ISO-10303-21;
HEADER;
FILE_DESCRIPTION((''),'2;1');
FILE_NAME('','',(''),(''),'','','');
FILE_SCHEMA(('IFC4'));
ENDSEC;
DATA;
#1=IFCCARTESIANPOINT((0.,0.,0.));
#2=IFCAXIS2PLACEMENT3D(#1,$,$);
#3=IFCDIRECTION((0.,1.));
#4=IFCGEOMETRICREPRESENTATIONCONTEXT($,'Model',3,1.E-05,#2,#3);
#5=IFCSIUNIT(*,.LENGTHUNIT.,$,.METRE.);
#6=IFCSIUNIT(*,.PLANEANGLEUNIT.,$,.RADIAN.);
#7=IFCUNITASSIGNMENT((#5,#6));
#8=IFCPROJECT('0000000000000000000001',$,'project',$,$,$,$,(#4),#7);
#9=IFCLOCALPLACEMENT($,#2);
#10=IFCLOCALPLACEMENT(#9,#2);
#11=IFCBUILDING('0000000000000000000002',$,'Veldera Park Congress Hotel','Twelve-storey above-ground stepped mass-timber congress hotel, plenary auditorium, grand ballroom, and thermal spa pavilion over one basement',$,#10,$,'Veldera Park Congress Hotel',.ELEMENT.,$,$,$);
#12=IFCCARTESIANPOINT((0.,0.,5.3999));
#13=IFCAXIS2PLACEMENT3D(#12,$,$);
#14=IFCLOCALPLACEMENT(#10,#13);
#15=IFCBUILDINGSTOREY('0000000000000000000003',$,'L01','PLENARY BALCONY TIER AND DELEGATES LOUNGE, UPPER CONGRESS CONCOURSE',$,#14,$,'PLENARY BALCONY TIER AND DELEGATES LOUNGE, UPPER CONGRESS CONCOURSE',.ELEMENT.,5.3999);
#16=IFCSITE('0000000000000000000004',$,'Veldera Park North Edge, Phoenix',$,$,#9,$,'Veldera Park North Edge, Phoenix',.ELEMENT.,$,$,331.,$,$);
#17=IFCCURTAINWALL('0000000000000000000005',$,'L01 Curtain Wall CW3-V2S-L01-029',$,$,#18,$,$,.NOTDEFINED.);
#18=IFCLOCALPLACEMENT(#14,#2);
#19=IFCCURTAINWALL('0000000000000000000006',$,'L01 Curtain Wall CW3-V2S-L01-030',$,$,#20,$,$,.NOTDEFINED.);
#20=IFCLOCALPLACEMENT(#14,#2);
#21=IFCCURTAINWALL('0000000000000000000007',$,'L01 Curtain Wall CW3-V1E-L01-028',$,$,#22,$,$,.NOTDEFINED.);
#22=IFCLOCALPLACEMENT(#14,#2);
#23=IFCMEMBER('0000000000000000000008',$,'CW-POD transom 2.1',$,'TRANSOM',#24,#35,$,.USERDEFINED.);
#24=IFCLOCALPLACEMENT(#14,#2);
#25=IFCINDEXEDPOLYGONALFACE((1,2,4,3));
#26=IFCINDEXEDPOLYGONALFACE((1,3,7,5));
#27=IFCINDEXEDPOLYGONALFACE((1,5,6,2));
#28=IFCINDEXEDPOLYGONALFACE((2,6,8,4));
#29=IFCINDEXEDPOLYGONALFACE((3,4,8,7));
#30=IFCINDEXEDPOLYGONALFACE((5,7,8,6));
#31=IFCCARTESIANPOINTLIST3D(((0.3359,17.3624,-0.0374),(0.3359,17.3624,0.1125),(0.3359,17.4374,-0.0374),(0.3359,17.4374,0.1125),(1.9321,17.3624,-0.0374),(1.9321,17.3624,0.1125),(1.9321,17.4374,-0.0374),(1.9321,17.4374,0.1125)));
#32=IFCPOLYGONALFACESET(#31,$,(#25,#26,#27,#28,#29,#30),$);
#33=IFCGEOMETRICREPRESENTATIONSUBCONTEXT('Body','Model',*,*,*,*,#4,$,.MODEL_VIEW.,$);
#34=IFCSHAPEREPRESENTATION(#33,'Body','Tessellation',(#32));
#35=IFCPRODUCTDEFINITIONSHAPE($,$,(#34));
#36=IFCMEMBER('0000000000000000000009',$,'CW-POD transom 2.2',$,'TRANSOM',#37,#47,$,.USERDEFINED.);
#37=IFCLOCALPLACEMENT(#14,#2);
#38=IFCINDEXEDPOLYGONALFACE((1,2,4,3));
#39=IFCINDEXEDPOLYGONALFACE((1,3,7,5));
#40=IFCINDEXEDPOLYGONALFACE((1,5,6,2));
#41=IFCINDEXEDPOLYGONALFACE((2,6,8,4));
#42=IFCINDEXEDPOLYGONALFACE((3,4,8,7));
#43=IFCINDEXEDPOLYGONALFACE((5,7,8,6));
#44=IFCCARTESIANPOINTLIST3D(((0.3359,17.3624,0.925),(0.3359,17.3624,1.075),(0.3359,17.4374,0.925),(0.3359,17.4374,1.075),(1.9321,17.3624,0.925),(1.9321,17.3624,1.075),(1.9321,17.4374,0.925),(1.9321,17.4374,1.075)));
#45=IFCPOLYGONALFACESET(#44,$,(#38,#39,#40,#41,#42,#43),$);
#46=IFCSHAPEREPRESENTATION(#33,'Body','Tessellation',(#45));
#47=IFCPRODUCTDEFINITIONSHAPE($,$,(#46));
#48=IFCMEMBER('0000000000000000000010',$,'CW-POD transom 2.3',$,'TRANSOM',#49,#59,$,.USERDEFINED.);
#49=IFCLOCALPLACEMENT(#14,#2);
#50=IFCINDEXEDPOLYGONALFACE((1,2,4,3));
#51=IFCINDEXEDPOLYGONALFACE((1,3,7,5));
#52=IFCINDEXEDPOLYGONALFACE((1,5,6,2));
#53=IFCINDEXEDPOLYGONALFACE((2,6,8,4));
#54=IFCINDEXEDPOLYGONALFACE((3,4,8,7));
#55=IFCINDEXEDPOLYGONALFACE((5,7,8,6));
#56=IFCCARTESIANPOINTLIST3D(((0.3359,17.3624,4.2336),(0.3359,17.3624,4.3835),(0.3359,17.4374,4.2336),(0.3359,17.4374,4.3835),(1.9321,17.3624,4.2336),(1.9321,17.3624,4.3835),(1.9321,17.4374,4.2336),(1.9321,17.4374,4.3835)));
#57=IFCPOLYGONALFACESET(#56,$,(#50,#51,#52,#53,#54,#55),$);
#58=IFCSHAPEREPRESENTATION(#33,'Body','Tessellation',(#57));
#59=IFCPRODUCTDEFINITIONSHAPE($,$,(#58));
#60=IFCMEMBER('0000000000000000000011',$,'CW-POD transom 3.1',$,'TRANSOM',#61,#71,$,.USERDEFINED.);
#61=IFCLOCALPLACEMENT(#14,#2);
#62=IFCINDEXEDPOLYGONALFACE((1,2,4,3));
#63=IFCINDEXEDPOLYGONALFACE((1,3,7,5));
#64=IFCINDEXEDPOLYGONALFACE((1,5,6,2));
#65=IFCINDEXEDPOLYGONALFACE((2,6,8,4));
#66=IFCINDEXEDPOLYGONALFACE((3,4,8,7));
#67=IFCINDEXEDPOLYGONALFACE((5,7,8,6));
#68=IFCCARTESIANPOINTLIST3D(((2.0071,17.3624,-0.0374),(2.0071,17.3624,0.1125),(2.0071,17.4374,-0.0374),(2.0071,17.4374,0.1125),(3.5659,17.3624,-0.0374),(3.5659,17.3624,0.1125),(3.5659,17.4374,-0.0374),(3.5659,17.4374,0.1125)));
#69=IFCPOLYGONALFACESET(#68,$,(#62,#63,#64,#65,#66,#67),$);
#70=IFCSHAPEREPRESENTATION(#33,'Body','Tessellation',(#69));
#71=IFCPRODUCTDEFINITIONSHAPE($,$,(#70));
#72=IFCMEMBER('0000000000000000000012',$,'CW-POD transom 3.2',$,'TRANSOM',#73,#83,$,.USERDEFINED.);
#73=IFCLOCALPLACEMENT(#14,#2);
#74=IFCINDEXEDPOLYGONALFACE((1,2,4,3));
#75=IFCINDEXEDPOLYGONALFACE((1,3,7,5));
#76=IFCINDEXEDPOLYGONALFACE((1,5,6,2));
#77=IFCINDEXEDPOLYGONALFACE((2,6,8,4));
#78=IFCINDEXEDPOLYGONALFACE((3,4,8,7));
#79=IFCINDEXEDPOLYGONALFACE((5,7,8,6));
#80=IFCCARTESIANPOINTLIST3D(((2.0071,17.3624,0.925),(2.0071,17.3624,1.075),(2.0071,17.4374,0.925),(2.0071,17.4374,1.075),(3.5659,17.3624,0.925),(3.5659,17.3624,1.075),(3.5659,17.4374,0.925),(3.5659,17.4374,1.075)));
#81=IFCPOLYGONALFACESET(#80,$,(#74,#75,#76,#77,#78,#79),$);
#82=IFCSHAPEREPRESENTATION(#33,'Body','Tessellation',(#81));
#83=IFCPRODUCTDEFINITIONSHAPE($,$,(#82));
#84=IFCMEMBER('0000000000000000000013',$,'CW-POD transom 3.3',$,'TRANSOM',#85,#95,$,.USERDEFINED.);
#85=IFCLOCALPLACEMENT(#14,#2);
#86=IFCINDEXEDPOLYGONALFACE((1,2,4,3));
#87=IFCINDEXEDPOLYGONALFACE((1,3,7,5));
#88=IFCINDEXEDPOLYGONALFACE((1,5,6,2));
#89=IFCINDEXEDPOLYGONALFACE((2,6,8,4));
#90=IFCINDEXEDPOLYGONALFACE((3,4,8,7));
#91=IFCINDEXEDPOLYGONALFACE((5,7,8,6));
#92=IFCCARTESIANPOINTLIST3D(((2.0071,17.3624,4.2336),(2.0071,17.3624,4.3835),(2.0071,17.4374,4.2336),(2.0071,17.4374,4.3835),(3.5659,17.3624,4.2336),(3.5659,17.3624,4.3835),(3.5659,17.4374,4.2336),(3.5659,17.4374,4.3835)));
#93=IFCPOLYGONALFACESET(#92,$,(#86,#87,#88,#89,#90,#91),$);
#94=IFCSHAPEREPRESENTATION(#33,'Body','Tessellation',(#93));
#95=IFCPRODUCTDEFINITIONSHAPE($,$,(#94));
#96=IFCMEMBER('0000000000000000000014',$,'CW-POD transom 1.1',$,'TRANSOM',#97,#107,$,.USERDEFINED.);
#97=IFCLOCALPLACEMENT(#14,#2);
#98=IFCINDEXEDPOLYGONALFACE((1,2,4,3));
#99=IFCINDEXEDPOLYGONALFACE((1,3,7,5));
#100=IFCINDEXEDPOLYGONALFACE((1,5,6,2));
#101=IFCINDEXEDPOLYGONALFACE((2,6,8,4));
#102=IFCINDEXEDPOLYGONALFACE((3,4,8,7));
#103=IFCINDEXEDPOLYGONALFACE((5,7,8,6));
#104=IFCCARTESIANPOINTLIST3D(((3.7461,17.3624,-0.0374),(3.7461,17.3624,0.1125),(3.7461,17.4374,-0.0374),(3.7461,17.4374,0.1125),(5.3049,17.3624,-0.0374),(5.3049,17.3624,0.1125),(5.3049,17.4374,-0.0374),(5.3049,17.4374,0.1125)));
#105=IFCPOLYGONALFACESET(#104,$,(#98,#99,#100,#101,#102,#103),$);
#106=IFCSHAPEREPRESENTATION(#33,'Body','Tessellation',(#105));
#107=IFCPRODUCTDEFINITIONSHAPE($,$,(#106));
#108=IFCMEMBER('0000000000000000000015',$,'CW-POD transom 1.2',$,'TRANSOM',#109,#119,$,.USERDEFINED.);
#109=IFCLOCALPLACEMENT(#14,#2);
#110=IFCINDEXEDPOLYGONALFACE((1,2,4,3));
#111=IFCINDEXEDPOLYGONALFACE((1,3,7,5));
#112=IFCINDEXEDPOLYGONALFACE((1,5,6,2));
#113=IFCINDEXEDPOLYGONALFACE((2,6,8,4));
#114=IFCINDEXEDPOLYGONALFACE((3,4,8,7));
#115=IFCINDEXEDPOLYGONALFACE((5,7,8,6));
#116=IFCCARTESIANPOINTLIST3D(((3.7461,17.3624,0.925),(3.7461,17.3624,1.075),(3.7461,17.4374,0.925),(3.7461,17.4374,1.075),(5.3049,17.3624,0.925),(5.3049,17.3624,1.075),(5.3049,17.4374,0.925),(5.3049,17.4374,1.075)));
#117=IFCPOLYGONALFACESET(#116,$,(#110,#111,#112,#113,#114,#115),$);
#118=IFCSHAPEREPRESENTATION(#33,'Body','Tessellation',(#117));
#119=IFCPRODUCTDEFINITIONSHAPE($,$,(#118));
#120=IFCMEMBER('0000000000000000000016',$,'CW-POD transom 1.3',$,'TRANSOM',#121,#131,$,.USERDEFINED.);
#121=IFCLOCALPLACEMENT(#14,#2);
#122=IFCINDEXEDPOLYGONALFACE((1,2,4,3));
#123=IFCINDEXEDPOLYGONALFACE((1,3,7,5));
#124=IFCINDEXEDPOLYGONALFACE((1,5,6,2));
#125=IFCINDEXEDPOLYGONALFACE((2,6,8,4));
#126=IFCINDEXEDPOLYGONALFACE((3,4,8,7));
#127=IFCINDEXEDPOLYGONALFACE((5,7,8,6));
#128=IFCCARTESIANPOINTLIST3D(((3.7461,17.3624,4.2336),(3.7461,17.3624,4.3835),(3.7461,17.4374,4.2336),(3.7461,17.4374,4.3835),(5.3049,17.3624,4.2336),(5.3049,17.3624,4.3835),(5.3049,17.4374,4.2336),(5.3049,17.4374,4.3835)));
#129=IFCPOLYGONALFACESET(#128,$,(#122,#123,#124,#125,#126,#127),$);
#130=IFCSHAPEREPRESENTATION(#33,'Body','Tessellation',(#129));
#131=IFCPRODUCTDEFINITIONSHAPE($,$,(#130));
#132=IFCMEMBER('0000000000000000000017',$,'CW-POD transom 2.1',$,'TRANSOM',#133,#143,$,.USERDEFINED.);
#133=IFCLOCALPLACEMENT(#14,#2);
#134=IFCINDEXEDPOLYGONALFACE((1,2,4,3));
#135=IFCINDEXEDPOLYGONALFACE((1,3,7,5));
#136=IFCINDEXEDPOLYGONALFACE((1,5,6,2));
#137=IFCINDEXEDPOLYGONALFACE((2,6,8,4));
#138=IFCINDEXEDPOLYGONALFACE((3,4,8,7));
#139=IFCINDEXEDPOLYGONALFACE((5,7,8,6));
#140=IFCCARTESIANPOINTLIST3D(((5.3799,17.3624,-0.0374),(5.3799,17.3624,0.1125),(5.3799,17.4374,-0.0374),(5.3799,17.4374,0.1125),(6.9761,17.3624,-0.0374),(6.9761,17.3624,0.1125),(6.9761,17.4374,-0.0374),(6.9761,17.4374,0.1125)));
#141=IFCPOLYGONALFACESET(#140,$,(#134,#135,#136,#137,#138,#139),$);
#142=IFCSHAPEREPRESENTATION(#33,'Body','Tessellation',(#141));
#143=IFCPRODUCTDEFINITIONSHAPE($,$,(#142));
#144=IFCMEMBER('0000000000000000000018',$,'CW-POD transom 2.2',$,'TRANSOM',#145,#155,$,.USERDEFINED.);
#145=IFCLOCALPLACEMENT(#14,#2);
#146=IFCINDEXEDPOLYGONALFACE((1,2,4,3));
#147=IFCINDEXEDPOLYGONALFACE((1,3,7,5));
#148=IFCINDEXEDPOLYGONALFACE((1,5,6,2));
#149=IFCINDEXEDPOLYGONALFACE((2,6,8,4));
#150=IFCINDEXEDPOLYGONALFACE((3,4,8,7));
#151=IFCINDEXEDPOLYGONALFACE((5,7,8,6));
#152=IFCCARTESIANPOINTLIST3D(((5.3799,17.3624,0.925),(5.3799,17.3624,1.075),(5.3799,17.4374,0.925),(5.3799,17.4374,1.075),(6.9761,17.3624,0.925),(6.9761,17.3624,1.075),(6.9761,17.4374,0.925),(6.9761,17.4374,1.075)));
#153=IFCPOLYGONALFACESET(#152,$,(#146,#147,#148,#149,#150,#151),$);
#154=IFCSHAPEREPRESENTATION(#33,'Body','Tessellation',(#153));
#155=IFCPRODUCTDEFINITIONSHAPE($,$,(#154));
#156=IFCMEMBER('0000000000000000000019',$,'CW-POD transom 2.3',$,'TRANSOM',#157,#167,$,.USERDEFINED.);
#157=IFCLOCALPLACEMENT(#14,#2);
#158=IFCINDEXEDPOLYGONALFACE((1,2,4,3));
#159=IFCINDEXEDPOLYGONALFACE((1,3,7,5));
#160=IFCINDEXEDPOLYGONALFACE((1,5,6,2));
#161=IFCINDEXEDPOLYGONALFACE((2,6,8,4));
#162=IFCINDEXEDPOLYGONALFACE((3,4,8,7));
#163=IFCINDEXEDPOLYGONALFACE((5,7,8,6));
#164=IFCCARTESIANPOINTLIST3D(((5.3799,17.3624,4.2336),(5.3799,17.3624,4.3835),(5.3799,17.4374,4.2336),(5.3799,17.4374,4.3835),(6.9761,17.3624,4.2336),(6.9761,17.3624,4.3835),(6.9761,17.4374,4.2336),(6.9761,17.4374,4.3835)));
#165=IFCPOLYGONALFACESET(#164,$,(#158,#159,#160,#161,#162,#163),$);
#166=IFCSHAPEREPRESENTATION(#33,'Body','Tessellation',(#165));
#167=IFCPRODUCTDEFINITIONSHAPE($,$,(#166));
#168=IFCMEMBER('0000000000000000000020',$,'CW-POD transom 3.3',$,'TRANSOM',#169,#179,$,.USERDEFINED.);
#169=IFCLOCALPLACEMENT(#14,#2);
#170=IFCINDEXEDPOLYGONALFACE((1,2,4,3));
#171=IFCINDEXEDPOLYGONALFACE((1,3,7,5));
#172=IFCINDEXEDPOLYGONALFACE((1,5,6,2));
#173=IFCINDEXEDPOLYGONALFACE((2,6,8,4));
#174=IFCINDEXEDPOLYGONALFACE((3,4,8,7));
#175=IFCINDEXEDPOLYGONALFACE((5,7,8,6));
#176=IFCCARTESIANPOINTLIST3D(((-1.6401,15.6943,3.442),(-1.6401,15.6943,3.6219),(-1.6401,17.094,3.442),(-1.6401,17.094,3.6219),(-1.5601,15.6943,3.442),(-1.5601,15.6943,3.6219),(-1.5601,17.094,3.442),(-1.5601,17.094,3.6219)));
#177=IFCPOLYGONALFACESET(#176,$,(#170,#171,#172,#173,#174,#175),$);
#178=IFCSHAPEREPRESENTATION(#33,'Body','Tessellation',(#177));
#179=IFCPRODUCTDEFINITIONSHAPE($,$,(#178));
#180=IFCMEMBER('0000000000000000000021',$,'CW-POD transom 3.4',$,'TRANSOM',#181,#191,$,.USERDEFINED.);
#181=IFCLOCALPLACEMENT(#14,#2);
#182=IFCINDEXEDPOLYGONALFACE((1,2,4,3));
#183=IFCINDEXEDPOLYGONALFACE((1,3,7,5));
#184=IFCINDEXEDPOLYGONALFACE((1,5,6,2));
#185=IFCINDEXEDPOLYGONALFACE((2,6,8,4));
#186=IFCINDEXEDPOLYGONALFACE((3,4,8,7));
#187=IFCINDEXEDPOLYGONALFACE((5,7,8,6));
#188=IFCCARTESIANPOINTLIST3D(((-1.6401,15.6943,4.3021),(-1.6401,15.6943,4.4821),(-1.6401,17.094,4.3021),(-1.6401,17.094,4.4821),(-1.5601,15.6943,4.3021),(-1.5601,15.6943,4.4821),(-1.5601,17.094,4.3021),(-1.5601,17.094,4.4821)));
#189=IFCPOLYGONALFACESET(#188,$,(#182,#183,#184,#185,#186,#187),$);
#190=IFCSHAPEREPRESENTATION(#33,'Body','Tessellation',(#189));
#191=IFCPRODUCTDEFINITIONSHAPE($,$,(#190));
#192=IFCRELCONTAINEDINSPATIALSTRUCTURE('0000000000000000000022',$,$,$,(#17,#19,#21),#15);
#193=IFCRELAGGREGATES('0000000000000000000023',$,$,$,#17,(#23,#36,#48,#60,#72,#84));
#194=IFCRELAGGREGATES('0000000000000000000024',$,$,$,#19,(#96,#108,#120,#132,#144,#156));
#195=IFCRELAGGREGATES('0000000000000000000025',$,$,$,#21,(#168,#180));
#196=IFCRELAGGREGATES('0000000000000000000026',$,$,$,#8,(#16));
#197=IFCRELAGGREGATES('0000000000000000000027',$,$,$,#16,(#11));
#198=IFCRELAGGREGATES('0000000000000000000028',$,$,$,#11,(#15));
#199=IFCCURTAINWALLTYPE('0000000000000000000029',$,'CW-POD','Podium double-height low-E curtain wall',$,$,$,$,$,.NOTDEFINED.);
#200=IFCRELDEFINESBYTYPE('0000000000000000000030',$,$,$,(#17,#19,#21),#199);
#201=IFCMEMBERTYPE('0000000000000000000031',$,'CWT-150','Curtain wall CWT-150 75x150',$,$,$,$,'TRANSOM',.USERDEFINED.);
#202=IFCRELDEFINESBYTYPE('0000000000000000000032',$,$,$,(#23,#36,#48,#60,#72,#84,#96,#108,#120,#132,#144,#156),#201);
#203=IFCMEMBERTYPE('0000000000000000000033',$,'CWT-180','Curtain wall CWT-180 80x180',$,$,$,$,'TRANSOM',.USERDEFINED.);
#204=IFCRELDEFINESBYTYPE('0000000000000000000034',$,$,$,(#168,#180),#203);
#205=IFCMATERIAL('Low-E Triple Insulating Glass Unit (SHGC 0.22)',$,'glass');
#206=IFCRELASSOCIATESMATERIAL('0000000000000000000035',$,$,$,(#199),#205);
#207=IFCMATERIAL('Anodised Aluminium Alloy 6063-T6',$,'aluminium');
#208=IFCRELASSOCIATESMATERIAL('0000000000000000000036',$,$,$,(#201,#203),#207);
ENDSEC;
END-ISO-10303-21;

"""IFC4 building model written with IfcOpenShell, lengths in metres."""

from ifc_helpers import new_model, si_unit, direction, frame, origin, origin_2d, place, context, subcontext, project, spatial, rectangle, extrude, material, material_profile, profile_set, type_object, element, aggregate, save


model = new_model("IFC4")

# Units and contexts
model_context = context("Model", 3, precision=1e-05, world=origin(), true_north=direction((0.0, 1.0)))
body_context = subcontext(model_context, "Body", "Model", "MODEL_VIEW")
ifc_project = project(units=[si_unit("LENGTHUNIT", "METRE"), si_unit("PLANEANGLEUNIT", "RADIAN")], contexts=[model_context])

# Site, building, storey
site_placement = place(None, origin())
site = spatial("IfcSite", under=ifc_project, at=site_placement, Name="Veldera Park North Edge, Phoenix", LongName="Veldera Park North Edge, Phoenix", CompositionType="ELEMENT", RefElevation=331.0)
building_placement = place(site_placement, origin())
building = spatial("IfcBuilding", under=site, at=building_placement, Name="Veldera Park Congress Hotel", Description="Twelve-storey above-ground stepped mass-timber congress hotel, plenary auditorium, grand ballroom, and thermal spa pavilion over one basement", LongName="Veldera Park Congress Hotel", CompositionType="ELEMENT")
storey_placement = place(building_placement, frame((0.0, 0.0, 5.3999)))
storey = spatial("IfcBuildingStorey", under=building, at=storey_placement, Name="L01", Description="PLENARY BALCONY TIER AND DELEGATES LOUNGE, UPPER CONGRESS CONCOURSE", LongName="PLENARY BALCONY TIER AND DELEGATES LOUNGE, UPPER CONGRESS CONCOURSE", CompositionType="ELEMENT", Elevation=5.3999)

# Curtain walls
ifc_material_1 = material(Name="Low-E Triple Insulating Glass Unit (SHGC 0.22)", Category="glass")
curtain_wall_type = type_object("IfcCurtainWallType", Name="CW-POD", Description="Podium double-height low-E curtain wall", PredefinedType="NOTDEFINED", material=ifc_material_1)
curtain_wall_1_placement = place(storey_placement, origin())
curtain_wall_1 = element("IfcCurtainWall", 1, at=curtain_wall_1_placement, inside=storey, type_object=curtain_wall_type, Name="L01 Curtain Wall CW3-V2S-L01-029", PredefinedType="NOTDEFINED")
ifc_material_2 = material(Name="Anodised Aluminium Alloy 6063-T6", Category="aluminium")
curtain_wall_2_placement = place(storey_placement, origin())
curtain_wall_2 = element("IfcCurtainWall", 2, at=curtain_wall_2_placement, inside=storey, type_object=curtain_wall_type, Name="L01 Curtain Wall CW3-V2S-L01-030", PredefinedType="NOTDEFINED")

# Curtain wall
curtain_wall_3_placement = place(storey_placement, origin())
curtain_wall_3 = element("IfcCurtainWall", 3, at=curtain_wall_3_placement, inside=storey, type_object=curtain_wall_type, Name="L01 Curtain Wall CW3-V1E-L01-028", PredefinedType="NOTDEFINED")

# Members
ifc_material_profile_1 = material_profile(ifc_material_2, rectangle(XDim=0.075, YDim=0.1499, at=origin_2d()), Name="ALU 75x150")
ifc_profile_set_1 = profile_set([ifc_material_profile_1], Name="Anodised Aluminium Alloy 6063-T6")
member_type_1 = type_object("IfcMemberType", Name="CWT-150", Description="Curtain wall CWT-150 75x150", ElementType="TRANSOM", PredefinedType="USERDEFINED", material=ifc_profile_set_1)
member_1_placement = place(storey_placement, frame((0.3359, 17.3999, 0.0376), z_axis=(1.0, 0.0, 0.0), x_axis=(0.0, 1.0, 0.0)))
member_1 = element("IfcMember", 4, at=member_1_placement, type_object=member_type_1, Name="CW-POD transom 2.1", ObjectType="TRANSOM", PredefinedType="USERDEFINED", context=body_context, shape_type="SweptSolid", body=[
    extrude(rectangle(XDim=0.075, YDim=0.1499, at=origin_2d()), origin(), (0.0, 0.0, 1.0), 1.5962),
])
member_2_placement = place(storey_placement, frame((0.3359, 17.3999, 1.0), z_axis=(1.0, 0.0, 0.0), x_axis=(0.0, 1.0, 0.0)))
member_2 = element("IfcMember", 5, at=member_2_placement, type_object=member_type_1, Name="CW-POD transom 2.2", ObjectType="TRANSOM", PredefinedType="USERDEFINED", context=body_context, shape_type="SweptSolid", body=[
    extrude(rectangle(XDim=0.075, YDim=0.1499, at=origin_2d()), origin(), (0.0, 0.0, 1.0), 1.5962),
])
member_3_placement = place(storey_placement, frame((0.3359, 17.3999, 4.3086), z_axis=(1.0, 0.0, 0.0), x_axis=(0.0, 1.0, 0.0)))
member_3 = element("IfcMember", 6, at=member_3_placement, type_object=member_type_1, Name="CW-POD transom 2.3", ObjectType="TRANSOM", PredefinedType="USERDEFINED", context=body_context, shape_type="SweptSolid", body=[
    extrude(rectangle(XDim=0.075, YDim=0.1499, at=origin_2d()), origin(), (0.0, 0.0, 1.0), 1.5962),
])
member_4_placement = place(storey_placement, frame((2.0071, 17.3999, 0.0376), z_axis=(1.0, 0.0, 0.0), x_axis=(0.0, 1.0, 0.0)))
member_4 = element("IfcMember", 7, at=member_4_placement, type_object=member_type_1, Name="CW-POD transom 3.1", ObjectType="TRANSOM", PredefinedType="USERDEFINED", context=body_context, shape_type="SweptSolid", body=[
    extrude(rectangle(XDim=0.075, YDim=0.1499, at=origin_2d()), origin(), (0.0, 0.0, 1.0), 1.5588),
])
member_5_placement = place(storey_placement, frame((2.0071, 17.3999, 1.0), z_axis=(1.0, 0.0, 0.0), x_axis=(0.0, 1.0, 0.0)))
member_5 = element("IfcMember", 8, at=member_5_placement, type_object=member_type_1, Name="CW-POD transom 3.2", ObjectType="TRANSOM", PredefinedType="USERDEFINED", context=body_context, shape_type="SweptSolid", body=[
    extrude(rectangle(XDim=0.075, YDim=0.1499, at=origin_2d()), origin(), (0.0, 0.0, 1.0), 1.5588),
])
member_6_placement = place(storey_placement, frame((2.0071, 17.3999, 4.3086), z_axis=(1.0, 0.0, 0.0), x_axis=(0.0, 1.0, 0.0)))
member_6 = element("IfcMember", 9, at=member_6_placement, type_object=member_type_1, Name="CW-POD transom 3.3", ObjectType="TRANSOM", PredefinedType="USERDEFINED", context=body_context, shape_type="SweptSolid", body=[
    extrude(rectangle(XDim=0.075, YDim=0.1499, at=origin_2d()), origin(), (0.0, 0.0, 1.0), 1.5588),
])
member_7_placement = place(storey_placement, frame((3.7461, 17.3999, 0.0376), z_axis=(1.0, 0.0, 0.0), x_axis=(0.0, 1.0, 0.0)))
member_7 = element("IfcMember", 10, at=member_7_placement, type_object=member_type_1, Name="CW-POD transom 1.1", ObjectType="TRANSOM", PredefinedType="USERDEFINED", context=body_context, shape_type="SweptSolid", body=[
    extrude(rectangle(XDim=0.075, YDim=0.1499, at=origin_2d()), origin(), (0.0, 0.0, 1.0), 1.5588),
])
member_8_placement = place(storey_placement, frame((3.7461, 17.3999, 1.0), z_axis=(1.0, 0.0, 0.0), x_axis=(0.0, 1.0, 0.0)))
member_8 = element("IfcMember", 11, at=member_8_placement, type_object=member_type_1, Name="CW-POD transom 1.2", ObjectType="TRANSOM", PredefinedType="USERDEFINED", context=body_context, shape_type="SweptSolid", body=[
    extrude(rectangle(XDim=0.075, YDim=0.1499, at=origin_2d()), origin(), (0.0, 0.0, 1.0), 1.5588),
])
member_9_placement = place(storey_placement, frame((3.7461, 17.3999, 4.3086), z_axis=(1.0, 0.0, 0.0), x_axis=(0.0, 1.0, 0.0)))
member_9 = element("IfcMember", 12, at=member_9_placement, type_object=member_type_1, Name="CW-POD transom 1.3", ObjectType="TRANSOM", PredefinedType="USERDEFINED", context=body_context, shape_type="SweptSolid", body=[
    extrude(rectangle(XDim=0.075, YDim=0.1499, at=origin_2d()), origin(), (0.0, 0.0, 1.0), 1.5588),
])
member_10_placement = place(storey_placement, frame((5.3799, 17.3999, 0.0376), z_axis=(1.0, 0.0, 0.0), x_axis=(0.0, 1.0, 0.0)))
member_10 = element("IfcMember", 13, at=member_10_placement, type_object=member_type_1, Name="CW-POD transom 2.1", ObjectType="TRANSOM", PredefinedType="USERDEFINED", context=body_context, shape_type="SweptSolid", body=[
    extrude(rectangle(XDim=0.075, YDim=0.1499, at=origin_2d()), origin(), (0.0, 0.0, 1.0), 1.5962),
])
member_11_placement = place(storey_placement, frame((5.3799, 17.3999, 1.0), z_axis=(1.0, 0.0, 0.0), x_axis=(0.0, 1.0, 0.0)))
member_11 = element("IfcMember", 14, at=member_11_placement, type_object=member_type_1, Name="CW-POD transom 2.2", ObjectType="TRANSOM", PredefinedType="USERDEFINED", context=body_context, shape_type="SweptSolid", body=[
    extrude(rectangle(XDim=0.075, YDim=0.1499, at=origin_2d()), origin(), (0.0, 0.0, 1.0), 1.5962),
])
member_12_placement = place(storey_placement, frame((5.3799, 17.3999, 4.3086), z_axis=(1.0, 0.0, 0.0), x_axis=(0.0, 1.0, 0.0)))
member_12 = element("IfcMember", 15, at=member_12_placement, type_object=member_type_1, Name="CW-POD transom 2.3", ObjectType="TRANSOM", PredefinedType="USERDEFINED", context=body_context, shape_type="SweptSolid", body=[
    extrude(rectangle(XDim=0.075, YDim=0.1499, at=origin_2d()), origin(), (0.0, 0.0, 1.0), 1.5962),
])
ifc_material_profile_2 = material_profile(ifc_material_2, rectangle(XDim=0.0801, YDim=0.1799, at=origin_2d()), Name="ALU 80x180")
ifc_profile_set_2 = profile_set([ifc_material_profile_2], Name="Anodised Aluminium Alloy 6063-T6")
member_type_2 = type_object("IfcMemberType", Name="CWT-180", Description="Curtain wall CWT-180 80x180", ElementType="TRANSOM", PredefinedType="USERDEFINED", material=ifc_profile_set_2)
member_13_placement = place(storey_placement, frame((-1.6001, 15.6943, 3.532), z_axis=(0.0, 1.0, 0.0), x_axis=(-1.0, 0.0, 0.0)))
member_13 = element("IfcMember", 16, at=member_13_placement, type_object=member_type_2, Name="CW-POD transom 3.3", ObjectType="TRANSOM", PredefinedType="USERDEFINED", context=body_context, shape_type="SweptSolid", body=[
    extrude(rectangle(XDim=0.0801, YDim=0.1799, at=origin_2d()), origin(), (0.0, 0.0, 1.0), 1.3997),
])
member_14_placement = place(storey_placement, frame((-1.6001, 15.6943, 4.3921), z_axis=(0.0, 1.0, 0.0), x_axis=(-1.0, 0.0, 0.0)))
member_14 = element("IfcMember", 17, at=member_14_placement, type_object=member_type_2, Name="CW-POD transom 3.4", ObjectType="TRANSOM", PredefinedType="USERDEFINED", context=body_context, shape_type="SweptSolid", body=[
    extrude(rectangle(XDim=0.0801, YDim=0.1799, at=origin_2d()), origin(), (0.0, 0.0, 1.0), 1.3997),
])

aggregate(curtain_wall_1, [member_1, member_2, member_3, member_4, member_5, member_6])
aggregate(curtain_wall_2, [member_7, member_8, member_9, member_10, member_11, member_12])
aggregate(curtain_wall_3, [member_13, member_14])

save(model, "model.ifc")
